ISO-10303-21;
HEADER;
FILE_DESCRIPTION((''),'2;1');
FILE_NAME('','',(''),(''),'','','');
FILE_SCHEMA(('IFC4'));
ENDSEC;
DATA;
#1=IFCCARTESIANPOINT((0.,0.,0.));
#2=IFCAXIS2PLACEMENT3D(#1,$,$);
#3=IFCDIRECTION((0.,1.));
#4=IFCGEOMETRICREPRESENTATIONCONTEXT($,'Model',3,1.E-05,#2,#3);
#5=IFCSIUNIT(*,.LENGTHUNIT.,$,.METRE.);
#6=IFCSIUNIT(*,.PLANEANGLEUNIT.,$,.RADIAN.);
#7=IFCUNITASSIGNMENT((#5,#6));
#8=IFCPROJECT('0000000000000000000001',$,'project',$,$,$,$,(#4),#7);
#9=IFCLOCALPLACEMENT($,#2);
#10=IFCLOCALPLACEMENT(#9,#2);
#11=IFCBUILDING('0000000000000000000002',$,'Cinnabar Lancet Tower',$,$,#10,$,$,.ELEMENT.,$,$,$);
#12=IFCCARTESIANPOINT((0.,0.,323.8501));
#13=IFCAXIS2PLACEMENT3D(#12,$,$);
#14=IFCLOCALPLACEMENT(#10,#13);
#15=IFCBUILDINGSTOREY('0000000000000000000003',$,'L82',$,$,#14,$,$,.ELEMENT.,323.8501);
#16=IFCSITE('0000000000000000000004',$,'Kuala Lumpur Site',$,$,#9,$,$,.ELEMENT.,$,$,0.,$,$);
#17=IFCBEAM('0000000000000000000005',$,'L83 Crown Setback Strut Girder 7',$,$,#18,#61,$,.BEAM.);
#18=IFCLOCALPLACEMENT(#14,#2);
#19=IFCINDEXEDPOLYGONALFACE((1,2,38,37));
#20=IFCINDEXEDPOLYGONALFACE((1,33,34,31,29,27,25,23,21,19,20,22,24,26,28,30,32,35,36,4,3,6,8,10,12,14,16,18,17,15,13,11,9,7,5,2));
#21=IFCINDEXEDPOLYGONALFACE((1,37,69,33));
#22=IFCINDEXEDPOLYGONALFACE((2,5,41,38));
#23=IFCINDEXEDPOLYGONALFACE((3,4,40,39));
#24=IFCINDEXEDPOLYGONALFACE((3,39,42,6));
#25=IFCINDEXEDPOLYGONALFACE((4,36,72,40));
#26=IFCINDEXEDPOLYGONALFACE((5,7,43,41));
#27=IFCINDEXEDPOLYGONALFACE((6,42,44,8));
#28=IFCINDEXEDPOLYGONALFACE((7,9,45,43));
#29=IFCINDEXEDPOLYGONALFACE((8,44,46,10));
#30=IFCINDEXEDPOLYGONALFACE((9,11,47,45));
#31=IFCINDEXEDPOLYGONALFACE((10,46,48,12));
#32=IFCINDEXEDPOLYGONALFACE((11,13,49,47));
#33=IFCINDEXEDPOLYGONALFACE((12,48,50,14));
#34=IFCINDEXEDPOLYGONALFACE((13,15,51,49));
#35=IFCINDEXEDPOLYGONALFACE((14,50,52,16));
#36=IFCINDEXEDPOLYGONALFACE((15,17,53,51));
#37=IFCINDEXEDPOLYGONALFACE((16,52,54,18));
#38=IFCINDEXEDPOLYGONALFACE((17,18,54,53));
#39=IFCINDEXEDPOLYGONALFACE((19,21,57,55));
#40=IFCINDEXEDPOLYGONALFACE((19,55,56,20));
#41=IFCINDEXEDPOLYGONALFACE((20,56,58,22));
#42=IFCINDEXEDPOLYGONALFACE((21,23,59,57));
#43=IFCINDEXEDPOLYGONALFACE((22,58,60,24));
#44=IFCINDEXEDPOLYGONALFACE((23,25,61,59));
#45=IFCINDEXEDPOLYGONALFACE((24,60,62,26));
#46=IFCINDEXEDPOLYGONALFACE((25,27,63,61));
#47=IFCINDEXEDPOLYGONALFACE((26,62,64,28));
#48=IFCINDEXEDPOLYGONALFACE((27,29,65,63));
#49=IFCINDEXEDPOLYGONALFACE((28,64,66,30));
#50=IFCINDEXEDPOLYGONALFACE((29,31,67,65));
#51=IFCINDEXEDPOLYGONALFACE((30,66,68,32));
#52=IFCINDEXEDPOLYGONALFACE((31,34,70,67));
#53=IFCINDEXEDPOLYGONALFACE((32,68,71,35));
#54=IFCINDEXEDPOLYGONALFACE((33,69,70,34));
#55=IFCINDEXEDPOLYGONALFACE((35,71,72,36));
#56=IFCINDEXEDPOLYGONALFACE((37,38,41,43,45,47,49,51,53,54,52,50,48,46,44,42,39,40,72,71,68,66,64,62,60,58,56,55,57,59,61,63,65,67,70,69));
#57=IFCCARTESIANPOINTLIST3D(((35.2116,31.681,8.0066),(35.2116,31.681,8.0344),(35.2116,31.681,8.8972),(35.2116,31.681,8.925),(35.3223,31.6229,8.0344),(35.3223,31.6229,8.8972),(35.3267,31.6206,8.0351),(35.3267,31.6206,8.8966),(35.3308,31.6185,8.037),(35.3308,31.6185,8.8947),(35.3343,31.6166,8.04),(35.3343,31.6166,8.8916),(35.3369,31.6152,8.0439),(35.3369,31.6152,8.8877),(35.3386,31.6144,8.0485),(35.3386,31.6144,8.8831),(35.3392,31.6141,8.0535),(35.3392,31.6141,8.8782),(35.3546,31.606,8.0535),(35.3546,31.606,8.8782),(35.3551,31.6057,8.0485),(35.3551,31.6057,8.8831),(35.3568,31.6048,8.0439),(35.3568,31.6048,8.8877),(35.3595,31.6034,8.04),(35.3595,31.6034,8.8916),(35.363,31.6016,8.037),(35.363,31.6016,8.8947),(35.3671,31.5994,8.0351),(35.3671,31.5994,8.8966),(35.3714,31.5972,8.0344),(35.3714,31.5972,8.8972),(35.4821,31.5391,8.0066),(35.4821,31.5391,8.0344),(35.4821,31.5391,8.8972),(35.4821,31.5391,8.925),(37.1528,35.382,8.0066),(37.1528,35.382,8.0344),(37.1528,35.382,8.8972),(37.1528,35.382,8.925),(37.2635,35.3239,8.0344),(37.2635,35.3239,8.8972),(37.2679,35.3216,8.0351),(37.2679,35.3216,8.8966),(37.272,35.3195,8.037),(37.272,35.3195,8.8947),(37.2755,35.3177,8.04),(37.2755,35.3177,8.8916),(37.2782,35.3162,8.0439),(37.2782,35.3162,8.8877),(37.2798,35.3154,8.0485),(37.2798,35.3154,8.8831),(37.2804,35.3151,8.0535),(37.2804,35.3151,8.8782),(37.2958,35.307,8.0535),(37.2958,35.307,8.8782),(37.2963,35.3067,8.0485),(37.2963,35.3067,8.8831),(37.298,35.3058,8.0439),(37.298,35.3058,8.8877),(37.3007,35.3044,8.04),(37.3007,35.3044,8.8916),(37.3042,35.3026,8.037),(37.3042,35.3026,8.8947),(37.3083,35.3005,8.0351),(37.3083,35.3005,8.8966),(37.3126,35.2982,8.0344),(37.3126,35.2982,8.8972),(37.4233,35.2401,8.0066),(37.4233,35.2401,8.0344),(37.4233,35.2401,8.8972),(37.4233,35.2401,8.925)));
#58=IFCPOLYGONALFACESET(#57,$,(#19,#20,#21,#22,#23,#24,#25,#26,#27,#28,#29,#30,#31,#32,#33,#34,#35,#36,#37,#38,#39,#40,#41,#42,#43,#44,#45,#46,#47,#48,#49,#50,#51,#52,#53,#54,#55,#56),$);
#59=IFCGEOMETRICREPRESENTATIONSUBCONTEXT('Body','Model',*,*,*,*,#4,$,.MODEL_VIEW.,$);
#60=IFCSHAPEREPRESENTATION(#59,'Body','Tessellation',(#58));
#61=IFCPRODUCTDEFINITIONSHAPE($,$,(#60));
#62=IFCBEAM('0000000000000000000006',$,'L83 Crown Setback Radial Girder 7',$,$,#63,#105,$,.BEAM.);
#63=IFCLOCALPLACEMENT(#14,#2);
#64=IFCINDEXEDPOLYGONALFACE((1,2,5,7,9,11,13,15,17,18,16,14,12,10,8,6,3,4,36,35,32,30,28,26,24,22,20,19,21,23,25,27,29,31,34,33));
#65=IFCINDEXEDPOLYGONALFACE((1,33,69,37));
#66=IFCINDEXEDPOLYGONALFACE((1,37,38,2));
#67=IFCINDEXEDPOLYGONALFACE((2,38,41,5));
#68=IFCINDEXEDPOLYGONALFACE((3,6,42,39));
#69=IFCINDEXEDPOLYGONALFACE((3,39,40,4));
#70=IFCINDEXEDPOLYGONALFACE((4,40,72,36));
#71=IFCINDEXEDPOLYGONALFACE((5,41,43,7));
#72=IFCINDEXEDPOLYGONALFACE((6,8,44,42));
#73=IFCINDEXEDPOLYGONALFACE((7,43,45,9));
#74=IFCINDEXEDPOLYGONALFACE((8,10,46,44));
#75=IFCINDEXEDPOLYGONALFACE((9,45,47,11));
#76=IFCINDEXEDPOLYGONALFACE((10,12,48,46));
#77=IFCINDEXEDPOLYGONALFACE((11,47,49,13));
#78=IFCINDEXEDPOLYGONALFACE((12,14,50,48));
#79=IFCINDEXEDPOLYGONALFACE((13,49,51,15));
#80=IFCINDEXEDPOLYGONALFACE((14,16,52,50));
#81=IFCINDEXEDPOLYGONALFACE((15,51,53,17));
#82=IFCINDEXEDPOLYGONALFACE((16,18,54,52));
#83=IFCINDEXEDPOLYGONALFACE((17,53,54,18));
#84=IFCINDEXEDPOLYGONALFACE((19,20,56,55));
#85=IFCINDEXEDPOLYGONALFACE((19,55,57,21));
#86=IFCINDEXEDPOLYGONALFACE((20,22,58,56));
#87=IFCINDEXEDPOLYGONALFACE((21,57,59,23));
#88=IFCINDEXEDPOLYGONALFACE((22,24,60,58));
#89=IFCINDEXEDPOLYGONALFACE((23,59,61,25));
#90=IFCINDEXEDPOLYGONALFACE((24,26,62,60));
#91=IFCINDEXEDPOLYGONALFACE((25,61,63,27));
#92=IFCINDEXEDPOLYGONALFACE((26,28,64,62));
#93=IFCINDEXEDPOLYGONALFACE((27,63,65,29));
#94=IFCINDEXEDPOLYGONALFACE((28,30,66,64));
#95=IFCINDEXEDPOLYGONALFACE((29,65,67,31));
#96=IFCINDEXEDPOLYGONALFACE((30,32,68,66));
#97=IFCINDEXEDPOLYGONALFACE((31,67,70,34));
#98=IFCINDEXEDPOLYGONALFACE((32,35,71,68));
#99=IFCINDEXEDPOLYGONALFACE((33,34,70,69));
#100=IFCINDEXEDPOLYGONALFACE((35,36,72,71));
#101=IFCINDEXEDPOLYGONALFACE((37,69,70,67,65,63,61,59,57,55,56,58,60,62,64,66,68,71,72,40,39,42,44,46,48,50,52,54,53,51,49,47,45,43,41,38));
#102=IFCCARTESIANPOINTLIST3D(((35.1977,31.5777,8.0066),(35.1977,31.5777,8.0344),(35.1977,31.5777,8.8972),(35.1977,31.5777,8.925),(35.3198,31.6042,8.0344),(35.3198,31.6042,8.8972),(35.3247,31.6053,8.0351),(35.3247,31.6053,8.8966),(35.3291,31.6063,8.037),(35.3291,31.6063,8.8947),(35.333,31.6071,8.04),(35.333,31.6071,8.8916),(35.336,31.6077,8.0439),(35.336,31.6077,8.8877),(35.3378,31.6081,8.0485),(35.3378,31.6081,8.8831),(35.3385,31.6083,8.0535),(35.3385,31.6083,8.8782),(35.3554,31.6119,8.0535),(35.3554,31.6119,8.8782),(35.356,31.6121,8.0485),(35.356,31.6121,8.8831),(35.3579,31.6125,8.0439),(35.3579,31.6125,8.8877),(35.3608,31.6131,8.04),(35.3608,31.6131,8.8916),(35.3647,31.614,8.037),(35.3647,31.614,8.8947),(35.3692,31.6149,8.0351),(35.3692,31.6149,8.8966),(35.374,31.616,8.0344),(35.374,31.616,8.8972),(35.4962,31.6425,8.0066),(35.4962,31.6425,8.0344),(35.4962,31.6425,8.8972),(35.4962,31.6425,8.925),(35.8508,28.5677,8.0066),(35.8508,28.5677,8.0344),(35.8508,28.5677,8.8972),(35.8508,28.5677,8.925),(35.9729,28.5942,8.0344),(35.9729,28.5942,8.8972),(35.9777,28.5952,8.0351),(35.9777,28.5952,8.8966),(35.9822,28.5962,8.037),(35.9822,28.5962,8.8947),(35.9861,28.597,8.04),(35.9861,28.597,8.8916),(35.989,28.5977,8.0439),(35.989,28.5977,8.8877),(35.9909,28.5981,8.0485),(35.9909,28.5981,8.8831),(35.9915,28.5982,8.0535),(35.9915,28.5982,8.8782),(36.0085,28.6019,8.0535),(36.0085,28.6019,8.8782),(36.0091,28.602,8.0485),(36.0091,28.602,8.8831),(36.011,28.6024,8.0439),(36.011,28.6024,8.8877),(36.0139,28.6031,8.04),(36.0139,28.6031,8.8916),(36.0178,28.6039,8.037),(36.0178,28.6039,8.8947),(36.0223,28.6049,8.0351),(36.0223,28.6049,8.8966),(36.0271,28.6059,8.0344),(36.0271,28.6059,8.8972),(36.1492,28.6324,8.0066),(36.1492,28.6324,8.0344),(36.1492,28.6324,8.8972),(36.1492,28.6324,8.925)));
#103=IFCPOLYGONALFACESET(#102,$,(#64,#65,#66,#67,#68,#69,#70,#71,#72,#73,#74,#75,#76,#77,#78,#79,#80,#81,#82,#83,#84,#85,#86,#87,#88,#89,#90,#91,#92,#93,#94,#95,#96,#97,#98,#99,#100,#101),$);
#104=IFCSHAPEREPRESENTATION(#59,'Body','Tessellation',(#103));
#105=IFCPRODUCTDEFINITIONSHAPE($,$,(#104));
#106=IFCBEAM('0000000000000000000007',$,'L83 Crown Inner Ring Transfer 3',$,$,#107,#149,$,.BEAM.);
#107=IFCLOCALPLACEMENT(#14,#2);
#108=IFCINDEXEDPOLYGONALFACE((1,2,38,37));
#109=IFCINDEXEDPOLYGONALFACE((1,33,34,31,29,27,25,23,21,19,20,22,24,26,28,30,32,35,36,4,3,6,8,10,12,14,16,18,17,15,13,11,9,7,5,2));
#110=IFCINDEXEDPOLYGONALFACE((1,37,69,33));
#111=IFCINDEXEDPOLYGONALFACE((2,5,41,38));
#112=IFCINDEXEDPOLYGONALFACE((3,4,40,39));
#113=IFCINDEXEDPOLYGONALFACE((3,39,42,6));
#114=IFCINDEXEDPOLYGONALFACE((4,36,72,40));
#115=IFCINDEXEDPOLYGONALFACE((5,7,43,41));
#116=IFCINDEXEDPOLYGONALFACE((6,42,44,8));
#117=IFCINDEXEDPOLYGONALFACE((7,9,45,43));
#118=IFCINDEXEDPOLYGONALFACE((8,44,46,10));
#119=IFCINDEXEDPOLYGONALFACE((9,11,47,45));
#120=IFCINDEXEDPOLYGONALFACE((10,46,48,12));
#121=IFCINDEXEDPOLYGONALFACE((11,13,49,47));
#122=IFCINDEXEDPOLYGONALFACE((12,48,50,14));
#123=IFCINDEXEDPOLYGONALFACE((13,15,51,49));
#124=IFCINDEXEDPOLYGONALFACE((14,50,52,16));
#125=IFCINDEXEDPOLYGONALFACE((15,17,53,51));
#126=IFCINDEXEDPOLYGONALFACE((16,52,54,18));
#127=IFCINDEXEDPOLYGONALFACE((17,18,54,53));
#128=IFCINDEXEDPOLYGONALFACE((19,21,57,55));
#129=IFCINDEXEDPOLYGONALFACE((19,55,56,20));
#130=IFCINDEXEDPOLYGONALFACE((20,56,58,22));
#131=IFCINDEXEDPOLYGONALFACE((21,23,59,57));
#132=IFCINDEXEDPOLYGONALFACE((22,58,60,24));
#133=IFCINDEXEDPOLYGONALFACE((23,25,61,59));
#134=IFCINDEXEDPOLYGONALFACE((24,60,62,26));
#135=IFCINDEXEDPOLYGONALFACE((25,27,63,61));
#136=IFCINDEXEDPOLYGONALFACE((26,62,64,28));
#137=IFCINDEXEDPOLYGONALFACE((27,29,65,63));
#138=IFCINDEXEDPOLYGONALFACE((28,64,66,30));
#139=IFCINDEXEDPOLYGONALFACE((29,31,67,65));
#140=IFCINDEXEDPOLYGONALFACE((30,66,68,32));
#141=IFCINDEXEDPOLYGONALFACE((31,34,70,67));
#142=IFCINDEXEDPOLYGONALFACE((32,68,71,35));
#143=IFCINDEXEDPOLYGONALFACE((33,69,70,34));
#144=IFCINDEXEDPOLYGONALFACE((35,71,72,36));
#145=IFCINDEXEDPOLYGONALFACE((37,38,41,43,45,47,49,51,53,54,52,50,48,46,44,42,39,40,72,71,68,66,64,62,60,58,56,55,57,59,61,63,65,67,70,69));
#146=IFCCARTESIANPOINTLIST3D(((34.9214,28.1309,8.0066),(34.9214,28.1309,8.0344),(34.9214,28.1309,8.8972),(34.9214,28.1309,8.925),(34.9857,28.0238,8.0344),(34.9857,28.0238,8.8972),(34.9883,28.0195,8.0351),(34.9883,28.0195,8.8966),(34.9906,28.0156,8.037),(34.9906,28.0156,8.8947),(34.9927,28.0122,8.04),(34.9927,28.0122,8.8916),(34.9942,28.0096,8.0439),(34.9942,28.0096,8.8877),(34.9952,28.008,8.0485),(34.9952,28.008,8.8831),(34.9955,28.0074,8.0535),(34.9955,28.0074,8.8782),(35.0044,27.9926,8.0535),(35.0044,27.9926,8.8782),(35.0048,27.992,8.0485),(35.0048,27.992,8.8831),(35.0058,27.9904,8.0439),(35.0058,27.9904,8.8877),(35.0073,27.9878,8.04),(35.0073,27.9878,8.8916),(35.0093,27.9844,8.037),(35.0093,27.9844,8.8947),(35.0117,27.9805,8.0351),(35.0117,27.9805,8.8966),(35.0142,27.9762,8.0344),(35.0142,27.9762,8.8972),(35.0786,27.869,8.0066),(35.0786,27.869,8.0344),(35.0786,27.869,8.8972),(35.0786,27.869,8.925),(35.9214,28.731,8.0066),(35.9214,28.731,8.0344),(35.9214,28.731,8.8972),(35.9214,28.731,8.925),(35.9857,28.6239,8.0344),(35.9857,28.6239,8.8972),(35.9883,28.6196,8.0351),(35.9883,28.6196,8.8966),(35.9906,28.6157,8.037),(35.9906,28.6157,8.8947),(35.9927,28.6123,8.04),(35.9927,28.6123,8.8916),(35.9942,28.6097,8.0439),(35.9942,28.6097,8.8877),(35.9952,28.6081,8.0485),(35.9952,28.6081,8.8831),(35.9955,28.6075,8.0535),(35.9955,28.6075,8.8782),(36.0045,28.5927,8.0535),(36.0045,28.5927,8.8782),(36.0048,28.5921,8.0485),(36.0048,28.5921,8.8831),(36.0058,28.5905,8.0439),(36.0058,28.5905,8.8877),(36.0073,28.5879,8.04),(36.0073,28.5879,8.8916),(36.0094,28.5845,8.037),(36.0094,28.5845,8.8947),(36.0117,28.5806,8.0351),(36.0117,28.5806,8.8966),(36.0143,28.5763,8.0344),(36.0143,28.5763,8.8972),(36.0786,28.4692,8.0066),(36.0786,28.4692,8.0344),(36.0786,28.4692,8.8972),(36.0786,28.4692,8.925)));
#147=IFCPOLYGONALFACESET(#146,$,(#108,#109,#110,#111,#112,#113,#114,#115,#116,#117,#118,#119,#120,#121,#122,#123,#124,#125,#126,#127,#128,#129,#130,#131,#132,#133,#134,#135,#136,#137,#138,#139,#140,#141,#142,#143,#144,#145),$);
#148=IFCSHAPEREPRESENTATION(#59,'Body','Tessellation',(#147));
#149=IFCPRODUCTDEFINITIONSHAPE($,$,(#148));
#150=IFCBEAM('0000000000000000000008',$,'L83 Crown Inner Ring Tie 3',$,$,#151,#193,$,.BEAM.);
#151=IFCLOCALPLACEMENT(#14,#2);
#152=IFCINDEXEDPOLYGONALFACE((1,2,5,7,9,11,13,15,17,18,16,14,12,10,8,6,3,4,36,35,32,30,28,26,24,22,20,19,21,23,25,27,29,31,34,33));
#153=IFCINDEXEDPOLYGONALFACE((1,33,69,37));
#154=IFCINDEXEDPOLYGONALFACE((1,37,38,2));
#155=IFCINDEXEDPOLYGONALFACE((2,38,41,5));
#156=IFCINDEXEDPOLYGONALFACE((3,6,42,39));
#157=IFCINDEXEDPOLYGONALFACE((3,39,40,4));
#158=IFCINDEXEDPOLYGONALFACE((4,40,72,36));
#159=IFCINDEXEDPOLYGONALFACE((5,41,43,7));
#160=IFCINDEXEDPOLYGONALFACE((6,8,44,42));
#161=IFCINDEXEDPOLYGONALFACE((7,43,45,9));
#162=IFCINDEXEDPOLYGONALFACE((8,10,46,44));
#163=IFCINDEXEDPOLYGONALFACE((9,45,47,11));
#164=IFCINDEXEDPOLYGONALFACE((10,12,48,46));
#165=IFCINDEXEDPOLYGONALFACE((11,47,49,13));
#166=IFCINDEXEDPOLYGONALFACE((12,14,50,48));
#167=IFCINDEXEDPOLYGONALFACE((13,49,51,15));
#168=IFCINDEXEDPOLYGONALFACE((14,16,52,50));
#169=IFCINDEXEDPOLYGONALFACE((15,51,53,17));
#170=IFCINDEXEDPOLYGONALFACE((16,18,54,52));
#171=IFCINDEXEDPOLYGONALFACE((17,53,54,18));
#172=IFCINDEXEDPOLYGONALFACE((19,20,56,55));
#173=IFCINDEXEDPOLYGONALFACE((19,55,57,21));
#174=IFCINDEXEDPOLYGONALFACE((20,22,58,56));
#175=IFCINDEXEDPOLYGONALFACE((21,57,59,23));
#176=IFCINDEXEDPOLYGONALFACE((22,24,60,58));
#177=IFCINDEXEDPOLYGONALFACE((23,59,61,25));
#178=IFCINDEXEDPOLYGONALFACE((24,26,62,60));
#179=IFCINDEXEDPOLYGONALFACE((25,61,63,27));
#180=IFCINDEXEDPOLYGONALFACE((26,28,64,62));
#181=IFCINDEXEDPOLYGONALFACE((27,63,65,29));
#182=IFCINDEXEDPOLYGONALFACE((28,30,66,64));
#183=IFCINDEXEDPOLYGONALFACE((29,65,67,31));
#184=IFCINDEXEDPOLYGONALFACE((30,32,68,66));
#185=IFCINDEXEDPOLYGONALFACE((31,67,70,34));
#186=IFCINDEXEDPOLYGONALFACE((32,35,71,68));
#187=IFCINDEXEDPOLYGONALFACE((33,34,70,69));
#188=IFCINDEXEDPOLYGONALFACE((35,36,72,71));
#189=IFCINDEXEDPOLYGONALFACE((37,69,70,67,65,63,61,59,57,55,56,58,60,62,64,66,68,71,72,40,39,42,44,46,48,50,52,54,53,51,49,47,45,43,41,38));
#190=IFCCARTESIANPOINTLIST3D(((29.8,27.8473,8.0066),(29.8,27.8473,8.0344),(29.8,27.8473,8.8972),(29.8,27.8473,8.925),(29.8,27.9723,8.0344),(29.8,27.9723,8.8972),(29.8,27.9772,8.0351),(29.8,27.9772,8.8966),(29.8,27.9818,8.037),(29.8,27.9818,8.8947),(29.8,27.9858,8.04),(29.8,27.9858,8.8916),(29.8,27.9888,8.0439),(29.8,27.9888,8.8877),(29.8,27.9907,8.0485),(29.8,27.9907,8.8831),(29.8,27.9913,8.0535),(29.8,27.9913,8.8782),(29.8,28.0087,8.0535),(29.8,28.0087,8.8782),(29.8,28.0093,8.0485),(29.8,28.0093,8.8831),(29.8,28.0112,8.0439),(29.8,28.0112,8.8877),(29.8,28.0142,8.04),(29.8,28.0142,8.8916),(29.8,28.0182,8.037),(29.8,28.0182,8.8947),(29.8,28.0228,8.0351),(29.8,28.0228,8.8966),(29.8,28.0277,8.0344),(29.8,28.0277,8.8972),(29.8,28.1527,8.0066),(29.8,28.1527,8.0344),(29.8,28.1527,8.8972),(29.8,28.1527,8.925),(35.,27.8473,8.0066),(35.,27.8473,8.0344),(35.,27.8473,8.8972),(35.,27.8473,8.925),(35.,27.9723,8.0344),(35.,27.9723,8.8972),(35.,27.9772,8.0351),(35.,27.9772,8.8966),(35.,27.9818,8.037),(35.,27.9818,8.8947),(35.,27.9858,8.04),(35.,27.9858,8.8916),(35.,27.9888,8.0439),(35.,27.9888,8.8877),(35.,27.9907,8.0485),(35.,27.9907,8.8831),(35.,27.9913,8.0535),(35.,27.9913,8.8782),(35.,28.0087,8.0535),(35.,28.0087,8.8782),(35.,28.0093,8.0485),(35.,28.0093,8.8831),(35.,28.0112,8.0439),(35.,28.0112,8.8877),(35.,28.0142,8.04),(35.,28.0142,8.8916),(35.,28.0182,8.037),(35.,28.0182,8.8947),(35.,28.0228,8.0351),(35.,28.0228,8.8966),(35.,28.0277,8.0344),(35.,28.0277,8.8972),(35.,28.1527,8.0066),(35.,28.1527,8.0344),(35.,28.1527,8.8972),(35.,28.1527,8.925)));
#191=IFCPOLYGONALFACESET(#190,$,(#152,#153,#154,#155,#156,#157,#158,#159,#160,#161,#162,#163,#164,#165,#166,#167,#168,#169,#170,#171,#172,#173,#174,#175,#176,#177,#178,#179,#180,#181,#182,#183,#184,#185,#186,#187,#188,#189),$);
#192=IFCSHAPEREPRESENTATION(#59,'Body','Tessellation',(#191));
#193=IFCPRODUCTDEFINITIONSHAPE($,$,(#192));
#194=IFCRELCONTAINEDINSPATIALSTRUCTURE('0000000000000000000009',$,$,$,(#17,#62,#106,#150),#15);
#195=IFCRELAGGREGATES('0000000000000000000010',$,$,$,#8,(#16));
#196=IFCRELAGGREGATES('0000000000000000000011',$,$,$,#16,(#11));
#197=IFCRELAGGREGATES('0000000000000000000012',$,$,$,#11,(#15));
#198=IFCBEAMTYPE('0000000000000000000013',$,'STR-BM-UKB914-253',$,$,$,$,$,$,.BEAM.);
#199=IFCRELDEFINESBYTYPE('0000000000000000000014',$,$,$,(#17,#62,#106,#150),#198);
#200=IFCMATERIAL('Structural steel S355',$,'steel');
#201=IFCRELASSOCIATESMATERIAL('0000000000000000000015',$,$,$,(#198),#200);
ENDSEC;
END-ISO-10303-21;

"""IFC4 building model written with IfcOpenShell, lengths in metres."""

from ifc_helpers import new_model, si_unit, direction, frame, origin, origin_2d, place, context, subcontext, project, spatial, i_section, extrude, material, material_profile, profile_set, type_object, element, save


model = new_model("IFC4")

# Units and contexts
model_context = context("Model", 3, precision=1e-05, world=origin(), true_north=direction((0.0, 1.0)))
body_context = subcontext(model_context, "Body", "Model", "MODEL_VIEW")
ifc_project = project(units=[si_unit("LENGTHUNIT", "METRE"), si_unit("PLANEANGLEUNIT", "RADIAN")], contexts=[model_context])

# Site, building, storey
site_placement = place(None, origin())
site = spatial("IfcSite", under=ifc_project, at=site_placement, Name="Kuala Lumpur Site", CompositionType="ELEMENT", RefElevation=0.0)
building_placement = place(site_placement, origin())
building = spatial("IfcBuilding", under=site, at=building_placement, Name="Cinnabar Lancet Tower", CompositionType="ELEMENT")
storey_placement = place(building_placement, frame((0.0, 0.0, 323.8501)))
storey = spatial("IfcBuildingStorey", under=building, at=storey_placement, Name="L82", CompositionType="ELEMENT", Elevation=323.8501)

# Beams
ifc_material_1 = material(Name="Structural steel S355", Category="steel")
ifc_material_profile_1 = material_profile(ifc_material_1, i_section(OverallWidth=0.3054, OverallDepth=0.9185, WebThickness=0.0173, FlangeThickness=0.0278, FilletRadius=0.019, at=origin_2d()), Name="UKB 914x305x253")
ifc_profile_set_1 = profile_set([ifc_material_profile_1], Name="Structural steel S355")
beam_type = type_object("IfcBeamType", Name="STR-BM-UKB914-253", PredefinedType="BEAM", material=ifc_profile_set_1)
beam_1_placement = place(storey_placement, frame((37.2881, 35.311, 8.4658), z_axis=(-0.464492, -0.885578, 0.0), x_axis=(0.885578, -0.464492, 0.0)))
element("IfcBeam", 1, at=beam_1_placement, inside=storey, type_object=beam_type, Name="L83 Crown Setback Strut Girder 7", PredefinedType="BEAM", context=body_context, shape_type="SweptSolid", body=[
    extrude(i_section(OverallWidth=0.3054, OverallDepth=0.9185, WebThickness=0.0173, FlangeThickness=0.0278, FilletRadius=0.019, at=origin_2d()), origin(), (0.0, 0.0, 1.0), 4.1792),
])
beam_2_placement = place(storey_placement, frame((35.3469, 31.6101, 8.4658), z_axis=(0.212035, -0.977262, 0.0), x_axis=(0.977262, 0.212035, 0.0)))
element("IfcBeam", 2, at=beam_2_placement, inside=storey, type_object=beam_type, Name="L83 Crown Setback Radial Girder 7", PredefinedType="BEAM", context=body_context, shape_type="SweptSolid", body=[
    extrude(i_section(OverallWidth=0.3054, OverallDepth=0.9185, WebThickness=0.0173, FlangeThickness=0.0278, FilletRadius=0.019, at=origin_2d()), origin(), (0.0, 0.0, 1.0), 3.0801),
])
beam_3_placement = place(storey_placement, frame((36.0, 28.6001, 8.4658), z_axis=(-0.857456, -0.514557, 0.0), x_axis=(0.514557, -0.857456, 0.0)))
element("IfcBeam", 3, at=beam_3_placement, inside=storey, type_object=beam_type, Name="L83 Crown Inner Ring Transfer 3", PredefinedType="BEAM", context=body_context, shape_type="SweptSolid", body=[
    extrude(i_section(OverallWidth=0.3054, OverallDepth=0.9185, WebThickness=0.0173, FlangeThickness=0.0278, FilletRadius=0.019, at=origin_2d()), origin(), (0.0, 0.0, 1.0), 1.1663),
])
beam_4_placement = place(storey_placement, frame((35.0, 28.0, 8.4658), z_axis=(-1.0, 0.0, 0.0), x_axis=(0.0, -1.0, 0.0)))
element("IfcBeam", 4, at=beam_4_placement, inside=storey, type_object=beam_type, Name="L83 Crown Inner Ring Tie 3", PredefinedType="BEAM", context=body_context, shape_type="SweptSolid", body=[
    extrude(i_section(OverallWidth=0.3054, OverallDepth=0.9185, WebThickness=0.0173, FlangeThickness=0.0278, FilletRadius=0.019, at=origin_2d()), origin(), (0.0, 0.0, 1.0), 5.2),
])

save(model, "model.ifc")
